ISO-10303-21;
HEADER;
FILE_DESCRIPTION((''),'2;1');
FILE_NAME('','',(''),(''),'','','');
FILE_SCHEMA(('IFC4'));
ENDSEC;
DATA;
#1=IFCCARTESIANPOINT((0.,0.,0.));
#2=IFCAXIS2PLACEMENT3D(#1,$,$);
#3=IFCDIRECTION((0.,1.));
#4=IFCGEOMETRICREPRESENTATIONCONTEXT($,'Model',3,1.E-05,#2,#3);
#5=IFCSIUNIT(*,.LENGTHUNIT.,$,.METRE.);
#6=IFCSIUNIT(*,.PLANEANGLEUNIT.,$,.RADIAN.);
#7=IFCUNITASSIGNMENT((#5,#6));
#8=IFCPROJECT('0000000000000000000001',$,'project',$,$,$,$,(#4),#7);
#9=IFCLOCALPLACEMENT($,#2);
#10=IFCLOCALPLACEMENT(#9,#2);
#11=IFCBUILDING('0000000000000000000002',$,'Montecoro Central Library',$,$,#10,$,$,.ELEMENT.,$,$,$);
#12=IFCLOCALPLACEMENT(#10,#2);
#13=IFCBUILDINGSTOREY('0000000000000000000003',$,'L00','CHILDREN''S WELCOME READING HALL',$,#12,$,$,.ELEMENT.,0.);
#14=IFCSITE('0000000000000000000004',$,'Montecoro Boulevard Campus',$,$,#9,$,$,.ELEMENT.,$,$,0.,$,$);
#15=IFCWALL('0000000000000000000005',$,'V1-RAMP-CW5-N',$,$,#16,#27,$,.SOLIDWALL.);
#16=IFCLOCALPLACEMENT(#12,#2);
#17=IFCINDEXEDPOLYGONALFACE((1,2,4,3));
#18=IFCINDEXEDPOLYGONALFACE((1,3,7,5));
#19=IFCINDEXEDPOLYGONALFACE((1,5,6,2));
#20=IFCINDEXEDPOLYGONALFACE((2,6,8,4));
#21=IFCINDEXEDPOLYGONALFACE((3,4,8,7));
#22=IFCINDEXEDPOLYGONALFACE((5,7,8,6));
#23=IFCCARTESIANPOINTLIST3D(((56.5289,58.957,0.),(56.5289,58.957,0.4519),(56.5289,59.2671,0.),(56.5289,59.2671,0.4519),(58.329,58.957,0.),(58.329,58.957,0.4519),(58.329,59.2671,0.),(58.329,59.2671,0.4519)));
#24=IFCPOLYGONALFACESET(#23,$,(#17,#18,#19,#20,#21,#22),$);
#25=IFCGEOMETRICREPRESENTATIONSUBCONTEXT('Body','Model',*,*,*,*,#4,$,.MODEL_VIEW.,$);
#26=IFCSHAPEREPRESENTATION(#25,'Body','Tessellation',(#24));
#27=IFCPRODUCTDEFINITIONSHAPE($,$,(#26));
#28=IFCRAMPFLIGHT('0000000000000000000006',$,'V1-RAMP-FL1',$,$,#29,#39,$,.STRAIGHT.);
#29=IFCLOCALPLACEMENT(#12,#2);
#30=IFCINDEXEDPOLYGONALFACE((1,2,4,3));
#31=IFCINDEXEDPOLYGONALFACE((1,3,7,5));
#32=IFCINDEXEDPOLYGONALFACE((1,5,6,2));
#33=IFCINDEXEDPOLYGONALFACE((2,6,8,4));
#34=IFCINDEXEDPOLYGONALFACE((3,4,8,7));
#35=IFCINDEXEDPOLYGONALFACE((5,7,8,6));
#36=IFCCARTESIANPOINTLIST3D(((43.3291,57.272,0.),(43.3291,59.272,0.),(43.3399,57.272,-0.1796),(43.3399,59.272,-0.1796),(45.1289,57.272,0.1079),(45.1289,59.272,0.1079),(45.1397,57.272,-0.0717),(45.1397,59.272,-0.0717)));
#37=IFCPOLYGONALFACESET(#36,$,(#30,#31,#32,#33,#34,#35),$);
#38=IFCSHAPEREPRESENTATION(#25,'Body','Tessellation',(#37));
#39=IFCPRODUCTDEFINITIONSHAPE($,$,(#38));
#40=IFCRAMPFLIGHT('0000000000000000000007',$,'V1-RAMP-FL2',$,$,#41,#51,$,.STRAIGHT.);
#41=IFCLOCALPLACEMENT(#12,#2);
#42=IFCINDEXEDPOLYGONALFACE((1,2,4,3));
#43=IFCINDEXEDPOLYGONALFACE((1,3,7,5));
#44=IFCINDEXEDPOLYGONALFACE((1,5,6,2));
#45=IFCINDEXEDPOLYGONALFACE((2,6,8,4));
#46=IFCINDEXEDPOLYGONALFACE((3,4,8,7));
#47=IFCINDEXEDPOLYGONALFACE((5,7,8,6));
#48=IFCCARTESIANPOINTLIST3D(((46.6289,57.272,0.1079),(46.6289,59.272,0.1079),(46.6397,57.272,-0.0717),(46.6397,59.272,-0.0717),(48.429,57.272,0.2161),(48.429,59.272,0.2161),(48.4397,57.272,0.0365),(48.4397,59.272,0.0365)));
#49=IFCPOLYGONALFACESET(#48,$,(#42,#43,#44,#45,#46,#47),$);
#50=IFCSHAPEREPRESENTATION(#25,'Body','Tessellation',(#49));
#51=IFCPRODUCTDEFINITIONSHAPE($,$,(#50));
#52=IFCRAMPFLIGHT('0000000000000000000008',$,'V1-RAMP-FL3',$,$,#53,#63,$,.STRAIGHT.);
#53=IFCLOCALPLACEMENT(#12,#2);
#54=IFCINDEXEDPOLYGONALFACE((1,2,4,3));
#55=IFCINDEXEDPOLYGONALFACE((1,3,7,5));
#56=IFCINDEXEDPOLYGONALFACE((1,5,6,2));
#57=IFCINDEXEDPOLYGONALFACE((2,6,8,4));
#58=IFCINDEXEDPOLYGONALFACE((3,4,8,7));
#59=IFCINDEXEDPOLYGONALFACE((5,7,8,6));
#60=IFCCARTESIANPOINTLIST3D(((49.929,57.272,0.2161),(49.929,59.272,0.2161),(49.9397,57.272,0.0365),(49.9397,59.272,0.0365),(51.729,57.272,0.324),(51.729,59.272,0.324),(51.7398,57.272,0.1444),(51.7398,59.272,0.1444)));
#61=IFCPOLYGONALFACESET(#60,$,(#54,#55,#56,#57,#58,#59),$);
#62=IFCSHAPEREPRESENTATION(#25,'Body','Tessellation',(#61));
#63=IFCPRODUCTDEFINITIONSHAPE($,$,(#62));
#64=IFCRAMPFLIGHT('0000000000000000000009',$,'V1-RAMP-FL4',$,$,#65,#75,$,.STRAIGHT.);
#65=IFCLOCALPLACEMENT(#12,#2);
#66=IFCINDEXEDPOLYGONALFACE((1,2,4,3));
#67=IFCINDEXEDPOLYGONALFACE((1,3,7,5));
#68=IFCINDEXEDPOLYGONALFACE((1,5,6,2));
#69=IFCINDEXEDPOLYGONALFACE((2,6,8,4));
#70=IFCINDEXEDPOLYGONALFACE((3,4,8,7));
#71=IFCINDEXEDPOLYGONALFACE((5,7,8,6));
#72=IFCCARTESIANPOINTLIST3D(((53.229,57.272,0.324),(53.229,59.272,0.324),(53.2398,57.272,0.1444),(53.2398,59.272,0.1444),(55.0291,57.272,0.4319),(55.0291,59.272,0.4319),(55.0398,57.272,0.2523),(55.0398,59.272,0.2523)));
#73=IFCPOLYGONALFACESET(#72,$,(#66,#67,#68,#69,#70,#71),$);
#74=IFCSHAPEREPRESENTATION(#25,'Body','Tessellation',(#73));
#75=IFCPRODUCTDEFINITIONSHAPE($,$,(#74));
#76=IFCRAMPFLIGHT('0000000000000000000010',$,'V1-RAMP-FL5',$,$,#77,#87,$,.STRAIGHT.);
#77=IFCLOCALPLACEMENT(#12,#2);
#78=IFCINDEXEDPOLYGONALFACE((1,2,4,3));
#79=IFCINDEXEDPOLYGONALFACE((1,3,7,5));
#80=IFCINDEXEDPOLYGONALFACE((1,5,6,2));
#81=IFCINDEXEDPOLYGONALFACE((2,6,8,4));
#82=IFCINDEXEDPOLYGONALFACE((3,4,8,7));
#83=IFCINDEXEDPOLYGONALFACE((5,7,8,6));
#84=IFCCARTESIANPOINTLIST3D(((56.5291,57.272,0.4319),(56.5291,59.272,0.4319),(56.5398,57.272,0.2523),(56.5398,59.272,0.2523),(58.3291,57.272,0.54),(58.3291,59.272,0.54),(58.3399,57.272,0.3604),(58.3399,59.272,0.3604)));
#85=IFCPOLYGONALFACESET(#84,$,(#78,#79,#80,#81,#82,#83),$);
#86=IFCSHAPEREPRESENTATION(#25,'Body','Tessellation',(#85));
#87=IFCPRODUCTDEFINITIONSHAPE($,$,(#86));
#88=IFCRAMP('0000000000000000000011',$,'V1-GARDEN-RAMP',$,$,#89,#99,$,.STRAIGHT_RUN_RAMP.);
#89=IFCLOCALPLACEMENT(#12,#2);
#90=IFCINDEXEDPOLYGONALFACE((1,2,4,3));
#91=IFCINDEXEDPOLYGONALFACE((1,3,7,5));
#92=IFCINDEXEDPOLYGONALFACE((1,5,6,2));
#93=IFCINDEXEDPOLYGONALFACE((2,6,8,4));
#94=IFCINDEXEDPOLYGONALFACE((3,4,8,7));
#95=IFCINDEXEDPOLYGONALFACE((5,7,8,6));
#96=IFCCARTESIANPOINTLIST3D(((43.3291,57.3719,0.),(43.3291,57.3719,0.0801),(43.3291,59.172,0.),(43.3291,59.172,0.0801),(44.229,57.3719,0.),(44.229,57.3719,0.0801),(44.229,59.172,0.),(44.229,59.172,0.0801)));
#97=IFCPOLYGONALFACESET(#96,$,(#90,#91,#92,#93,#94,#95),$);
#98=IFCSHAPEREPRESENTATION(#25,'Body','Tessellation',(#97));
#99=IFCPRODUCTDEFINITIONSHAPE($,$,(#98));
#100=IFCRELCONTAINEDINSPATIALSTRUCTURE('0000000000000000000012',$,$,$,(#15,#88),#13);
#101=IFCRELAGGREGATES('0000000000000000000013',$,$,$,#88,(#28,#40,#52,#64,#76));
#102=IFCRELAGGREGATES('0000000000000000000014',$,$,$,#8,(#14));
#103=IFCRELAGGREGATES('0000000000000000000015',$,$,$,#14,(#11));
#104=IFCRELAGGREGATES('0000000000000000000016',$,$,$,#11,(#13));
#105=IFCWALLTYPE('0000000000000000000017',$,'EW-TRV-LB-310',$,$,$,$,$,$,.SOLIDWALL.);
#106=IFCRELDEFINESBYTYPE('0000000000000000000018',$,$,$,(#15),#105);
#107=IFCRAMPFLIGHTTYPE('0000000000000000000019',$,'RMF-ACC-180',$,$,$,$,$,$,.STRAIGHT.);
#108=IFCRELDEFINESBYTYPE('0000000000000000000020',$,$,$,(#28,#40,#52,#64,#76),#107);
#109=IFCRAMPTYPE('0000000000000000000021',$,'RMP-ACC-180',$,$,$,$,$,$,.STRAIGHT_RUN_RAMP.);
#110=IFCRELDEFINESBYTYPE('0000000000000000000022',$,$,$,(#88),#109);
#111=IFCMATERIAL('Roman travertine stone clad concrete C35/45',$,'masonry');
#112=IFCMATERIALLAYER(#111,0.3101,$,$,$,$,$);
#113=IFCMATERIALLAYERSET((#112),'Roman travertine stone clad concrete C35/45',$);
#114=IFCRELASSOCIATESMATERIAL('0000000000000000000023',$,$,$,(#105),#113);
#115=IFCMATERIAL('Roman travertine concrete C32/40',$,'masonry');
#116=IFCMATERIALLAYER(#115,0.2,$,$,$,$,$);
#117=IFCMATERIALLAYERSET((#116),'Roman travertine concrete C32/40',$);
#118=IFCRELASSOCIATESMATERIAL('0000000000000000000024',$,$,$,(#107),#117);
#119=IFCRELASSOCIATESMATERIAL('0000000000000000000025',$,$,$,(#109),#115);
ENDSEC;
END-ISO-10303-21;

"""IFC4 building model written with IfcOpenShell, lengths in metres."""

from ifc_helpers import new_model, si_unit, direction, frame, frame_2d, origin, origin_2d, place, context, subcontext, project, spatial, polyline, rectangle, outline, extrude, material, layer, layer_set, type_object, element, aggregate, save


model = new_model("IFC4")

# Units and contexts
model_context = context("Model", 3, precision=1e-05, world=origin(), true_north=direction((0.0, 1.0)))
body_context = subcontext(model_context, "Body", "Model", "MODEL_VIEW")
ifc_project = project(units=[si_unit("LENGTHUNIT", "METRE"), si_unit("PLANEANGLEUNIT", "RADIAN")], contexts=[model_context])

# Site, building, storey
site_placement = place(None, origin())
site = spatial("IfcSite", under=ifc_project, at=site_placement, Name="Montecoro Boulevard Campus", CompositionType="ELEMENT", RefElevation=0.0)
building_placement = place(site_placement, origin())
building = spatial("IfcBuilding", under=site, at=building_placement, Name="Montecoro Central Library", CompositionType="ELEMENT")
storey_placement = place(building_placement, origin())
storey = spatial("IfcBuildingStorey", under=building, at=storey_placement, Name="L00", Description="CHILDREN'S WELCOME READING HALL", CompositionType="ELEMENT", Elevation=0.0)

# Wall
ifc_material_1 = material(Name="Roman travertine stone clad concrete C35/45", Category="masonry")
ifc_layer_1 = layer(ifc_material_1, 0.3101)
ifc_layer_set_1 = layer_set([ifc_layer_1], Name="Roman travertine stone clad concrete C35/45")
wall_type = type_object("IfcWallType", Name="EW-TRV-LB-310", PredefinedType="SOLIDWALL", material=ifc_layer_set_1)
wall_1_placement = place(storey_placement, frame((56.5291, 59.1121, 0.0), z_axis=(0.0, 0.0, 1.0), x_axis=(1.0, 0.0, 0.0)))
element("IfcWall", 1, at=wall_1_placement, inside=storey, type_object=wall_type, Name="V1-RAMP-CW5-N", PredefinedType="SOLIDWALL", context=body_context, shape_type="SweptSolid", body=[
    extrude(rectangle(XDim=1.8, YDim=0.3101, at=frame_2d((0.8999, 0.0))), origin(), (0.0, 0.0, 1.0), 0.4519),
])

# Ramp flights
ifc_material_2 = material(Name="Roman travertine concrete C32/40", Category="masonry")
ifc_layer_2 = layer(ifc_material_2, 0.2)
ifc_layer_set_2 = layer_set([ifc_layer_2], Name="Roman travertine concrete C32/40")
ramp_flight_type = type_object("IfcRampFlightType", Name="RMF-ACC-180", PredefinedType="STRAIGHT", material=ifc_layer_set_2)
ramp_flight_1_placement = place(storey_placement, frame((43.3291, 59.272, 0.0), z_axis=(-0.059849, 0.0, 0.998207), x_axis=(0.0, -1.0, 0.0)))
ramp_flight_1 = element("IfcRampFlight", 2, at=ramp_flight_1_placement, type_object=ramp_flight_type, Name="V1-RAMP-FL1", PredefinedType="STRAIGHT", context=body_context, shape_type="SweptSolid", body=[
    extrude(outline(polyline([(0.0, 0.0), (2.0, 0.0), (2.0, 1.803), (0.0, 1.803), (0.0, 0.0)])), origin(), (0.0, 0.0, -1.0), 0.1799),
])
ramp_flight_2_placement = place(storey_placement, frame((46.6289, 59.272, 0.1079), z_axis=(-0.059976, 0.0, 0.9982), x_axis=(0.0, -1.0, 0.0)))
ramp_flight_2 = element("IfcRampFlight", 3, at=ramp_flight_2_placement, type_object=ramp_flight_type, Name="V1-RAMP-FL2", PredefinedType="STRAIGHT", context=body_context, shape_type="SweptSolid", body=[
    extrude(outline(polyline([(0.0, 0.0), (2.0, 0.0), (2.0, 1.8033), (0.0, 1.8033), (0.0, 0.0)])), origin(), (0.0, 0.0, -1.0), 0.1799),
])
ramp_flight_3_placement = place(storey_placement, frame((49.929, 59.272, 0.2161), z_axis=(-0.059841, 0.0, 0.998208), x_axis=(0.0, -1.0, 0.0)))
ramp_flight_3 = element("IfcRampFlight", 4, at=ramp_flight_3_placement, type_object=ramp_flight_type, Name="V1-RAMP-FL3", PredefinedType="STRAIGHT", context=body_context, shape_type="SweptSolid", body=[
    extrude(outline(polyline([(0.0, 0.0), (2.0, 0.0), (2.0, 1.8033), (0.0, 1.8033), (0.0, 0.0)])), origin(), (0.0, 0.0, -1.0), 0.1799),
])
ramp_flight_4_placement = place(storey_placement, frame((53.229, 59.272, 0.324), z_axis=(-0.059841, 0.0, 0.998208), x_axis=(0.0, -1.0, 0.0)))
ramp_flight_4 = element("IfcRampFlight", 5, at=ramp_flight_4_placement, type_object=ramp_flight_type, Name="V1-RAMP-FL4", PredefinedType="STRAIGHT", context=body_context, shape_type="SweptSolid", body=[
    extrude(outline(polyline([(0.0, 0.0), (2.0, 0.0), (2.0, 1.8033), (0.0, 1.8033), (0.0, 0.0)])), origin(), (0.0, 0.0, -1.0), 0.1799),
])
ramp_flight_5_placement = place(storey_placement, frame((56.5291, 59.272, 0.4319), z_axis=(-0.059976, 0.0, 0.9982), x_axis=(0.0, -1.0, 0.0)))
ramp_flight_5 = element("IfcRampFlight", 6, at=ramp_flight_5_placement, type_object=ramp_flight_type, Name="V1-RAMP-FL5", PredefinedType="STRAIGHT", context=body_context, shape_type="SweptSolid", body=[
    extrude(outline(polyline([(0.0, 0.0), (2.0, 0.0), (2.0, 1.8033), (0.0, 1.8033), (0.0, 0.0)])), origin(), (0.0, 0.0, -1.0), 0.1799),
])

# Ramp
ramp_type = type_object("IfcRampType", Name="RMP-ACC-180", PredefinedType="STRAIGHT_RUN_RAMP", material=ifc_material_2)
ramp_placement = place(storey_placement, frame((43.7791, 58.272, 0.0), z_axis=(0.0, 0.0, 1.0), x_axis=(1.0, 0.0, 0.0)))
ramp = element("IfcRamp", 7, at=ramp_placement, inside=storey, type_object=ramp_type, Name="V1-GARDEN-RAMP", PredefinedType="STRAIGHT_RUN_RAMP", context=body_context, shape_type="SweptSolid", body=[
    extrude(rectangle(XDim=0.8999, YDim=1.8, at=origin_2d()), origin(), (0.0, 0.0, 1.0), 0.0801),
])
aggregate(ramp, [ramp_flight_1, ramp_flight_2, ramp_flight_3, ramp_flight_4, ramp_flight_5])

save(model, "model.ifc")
